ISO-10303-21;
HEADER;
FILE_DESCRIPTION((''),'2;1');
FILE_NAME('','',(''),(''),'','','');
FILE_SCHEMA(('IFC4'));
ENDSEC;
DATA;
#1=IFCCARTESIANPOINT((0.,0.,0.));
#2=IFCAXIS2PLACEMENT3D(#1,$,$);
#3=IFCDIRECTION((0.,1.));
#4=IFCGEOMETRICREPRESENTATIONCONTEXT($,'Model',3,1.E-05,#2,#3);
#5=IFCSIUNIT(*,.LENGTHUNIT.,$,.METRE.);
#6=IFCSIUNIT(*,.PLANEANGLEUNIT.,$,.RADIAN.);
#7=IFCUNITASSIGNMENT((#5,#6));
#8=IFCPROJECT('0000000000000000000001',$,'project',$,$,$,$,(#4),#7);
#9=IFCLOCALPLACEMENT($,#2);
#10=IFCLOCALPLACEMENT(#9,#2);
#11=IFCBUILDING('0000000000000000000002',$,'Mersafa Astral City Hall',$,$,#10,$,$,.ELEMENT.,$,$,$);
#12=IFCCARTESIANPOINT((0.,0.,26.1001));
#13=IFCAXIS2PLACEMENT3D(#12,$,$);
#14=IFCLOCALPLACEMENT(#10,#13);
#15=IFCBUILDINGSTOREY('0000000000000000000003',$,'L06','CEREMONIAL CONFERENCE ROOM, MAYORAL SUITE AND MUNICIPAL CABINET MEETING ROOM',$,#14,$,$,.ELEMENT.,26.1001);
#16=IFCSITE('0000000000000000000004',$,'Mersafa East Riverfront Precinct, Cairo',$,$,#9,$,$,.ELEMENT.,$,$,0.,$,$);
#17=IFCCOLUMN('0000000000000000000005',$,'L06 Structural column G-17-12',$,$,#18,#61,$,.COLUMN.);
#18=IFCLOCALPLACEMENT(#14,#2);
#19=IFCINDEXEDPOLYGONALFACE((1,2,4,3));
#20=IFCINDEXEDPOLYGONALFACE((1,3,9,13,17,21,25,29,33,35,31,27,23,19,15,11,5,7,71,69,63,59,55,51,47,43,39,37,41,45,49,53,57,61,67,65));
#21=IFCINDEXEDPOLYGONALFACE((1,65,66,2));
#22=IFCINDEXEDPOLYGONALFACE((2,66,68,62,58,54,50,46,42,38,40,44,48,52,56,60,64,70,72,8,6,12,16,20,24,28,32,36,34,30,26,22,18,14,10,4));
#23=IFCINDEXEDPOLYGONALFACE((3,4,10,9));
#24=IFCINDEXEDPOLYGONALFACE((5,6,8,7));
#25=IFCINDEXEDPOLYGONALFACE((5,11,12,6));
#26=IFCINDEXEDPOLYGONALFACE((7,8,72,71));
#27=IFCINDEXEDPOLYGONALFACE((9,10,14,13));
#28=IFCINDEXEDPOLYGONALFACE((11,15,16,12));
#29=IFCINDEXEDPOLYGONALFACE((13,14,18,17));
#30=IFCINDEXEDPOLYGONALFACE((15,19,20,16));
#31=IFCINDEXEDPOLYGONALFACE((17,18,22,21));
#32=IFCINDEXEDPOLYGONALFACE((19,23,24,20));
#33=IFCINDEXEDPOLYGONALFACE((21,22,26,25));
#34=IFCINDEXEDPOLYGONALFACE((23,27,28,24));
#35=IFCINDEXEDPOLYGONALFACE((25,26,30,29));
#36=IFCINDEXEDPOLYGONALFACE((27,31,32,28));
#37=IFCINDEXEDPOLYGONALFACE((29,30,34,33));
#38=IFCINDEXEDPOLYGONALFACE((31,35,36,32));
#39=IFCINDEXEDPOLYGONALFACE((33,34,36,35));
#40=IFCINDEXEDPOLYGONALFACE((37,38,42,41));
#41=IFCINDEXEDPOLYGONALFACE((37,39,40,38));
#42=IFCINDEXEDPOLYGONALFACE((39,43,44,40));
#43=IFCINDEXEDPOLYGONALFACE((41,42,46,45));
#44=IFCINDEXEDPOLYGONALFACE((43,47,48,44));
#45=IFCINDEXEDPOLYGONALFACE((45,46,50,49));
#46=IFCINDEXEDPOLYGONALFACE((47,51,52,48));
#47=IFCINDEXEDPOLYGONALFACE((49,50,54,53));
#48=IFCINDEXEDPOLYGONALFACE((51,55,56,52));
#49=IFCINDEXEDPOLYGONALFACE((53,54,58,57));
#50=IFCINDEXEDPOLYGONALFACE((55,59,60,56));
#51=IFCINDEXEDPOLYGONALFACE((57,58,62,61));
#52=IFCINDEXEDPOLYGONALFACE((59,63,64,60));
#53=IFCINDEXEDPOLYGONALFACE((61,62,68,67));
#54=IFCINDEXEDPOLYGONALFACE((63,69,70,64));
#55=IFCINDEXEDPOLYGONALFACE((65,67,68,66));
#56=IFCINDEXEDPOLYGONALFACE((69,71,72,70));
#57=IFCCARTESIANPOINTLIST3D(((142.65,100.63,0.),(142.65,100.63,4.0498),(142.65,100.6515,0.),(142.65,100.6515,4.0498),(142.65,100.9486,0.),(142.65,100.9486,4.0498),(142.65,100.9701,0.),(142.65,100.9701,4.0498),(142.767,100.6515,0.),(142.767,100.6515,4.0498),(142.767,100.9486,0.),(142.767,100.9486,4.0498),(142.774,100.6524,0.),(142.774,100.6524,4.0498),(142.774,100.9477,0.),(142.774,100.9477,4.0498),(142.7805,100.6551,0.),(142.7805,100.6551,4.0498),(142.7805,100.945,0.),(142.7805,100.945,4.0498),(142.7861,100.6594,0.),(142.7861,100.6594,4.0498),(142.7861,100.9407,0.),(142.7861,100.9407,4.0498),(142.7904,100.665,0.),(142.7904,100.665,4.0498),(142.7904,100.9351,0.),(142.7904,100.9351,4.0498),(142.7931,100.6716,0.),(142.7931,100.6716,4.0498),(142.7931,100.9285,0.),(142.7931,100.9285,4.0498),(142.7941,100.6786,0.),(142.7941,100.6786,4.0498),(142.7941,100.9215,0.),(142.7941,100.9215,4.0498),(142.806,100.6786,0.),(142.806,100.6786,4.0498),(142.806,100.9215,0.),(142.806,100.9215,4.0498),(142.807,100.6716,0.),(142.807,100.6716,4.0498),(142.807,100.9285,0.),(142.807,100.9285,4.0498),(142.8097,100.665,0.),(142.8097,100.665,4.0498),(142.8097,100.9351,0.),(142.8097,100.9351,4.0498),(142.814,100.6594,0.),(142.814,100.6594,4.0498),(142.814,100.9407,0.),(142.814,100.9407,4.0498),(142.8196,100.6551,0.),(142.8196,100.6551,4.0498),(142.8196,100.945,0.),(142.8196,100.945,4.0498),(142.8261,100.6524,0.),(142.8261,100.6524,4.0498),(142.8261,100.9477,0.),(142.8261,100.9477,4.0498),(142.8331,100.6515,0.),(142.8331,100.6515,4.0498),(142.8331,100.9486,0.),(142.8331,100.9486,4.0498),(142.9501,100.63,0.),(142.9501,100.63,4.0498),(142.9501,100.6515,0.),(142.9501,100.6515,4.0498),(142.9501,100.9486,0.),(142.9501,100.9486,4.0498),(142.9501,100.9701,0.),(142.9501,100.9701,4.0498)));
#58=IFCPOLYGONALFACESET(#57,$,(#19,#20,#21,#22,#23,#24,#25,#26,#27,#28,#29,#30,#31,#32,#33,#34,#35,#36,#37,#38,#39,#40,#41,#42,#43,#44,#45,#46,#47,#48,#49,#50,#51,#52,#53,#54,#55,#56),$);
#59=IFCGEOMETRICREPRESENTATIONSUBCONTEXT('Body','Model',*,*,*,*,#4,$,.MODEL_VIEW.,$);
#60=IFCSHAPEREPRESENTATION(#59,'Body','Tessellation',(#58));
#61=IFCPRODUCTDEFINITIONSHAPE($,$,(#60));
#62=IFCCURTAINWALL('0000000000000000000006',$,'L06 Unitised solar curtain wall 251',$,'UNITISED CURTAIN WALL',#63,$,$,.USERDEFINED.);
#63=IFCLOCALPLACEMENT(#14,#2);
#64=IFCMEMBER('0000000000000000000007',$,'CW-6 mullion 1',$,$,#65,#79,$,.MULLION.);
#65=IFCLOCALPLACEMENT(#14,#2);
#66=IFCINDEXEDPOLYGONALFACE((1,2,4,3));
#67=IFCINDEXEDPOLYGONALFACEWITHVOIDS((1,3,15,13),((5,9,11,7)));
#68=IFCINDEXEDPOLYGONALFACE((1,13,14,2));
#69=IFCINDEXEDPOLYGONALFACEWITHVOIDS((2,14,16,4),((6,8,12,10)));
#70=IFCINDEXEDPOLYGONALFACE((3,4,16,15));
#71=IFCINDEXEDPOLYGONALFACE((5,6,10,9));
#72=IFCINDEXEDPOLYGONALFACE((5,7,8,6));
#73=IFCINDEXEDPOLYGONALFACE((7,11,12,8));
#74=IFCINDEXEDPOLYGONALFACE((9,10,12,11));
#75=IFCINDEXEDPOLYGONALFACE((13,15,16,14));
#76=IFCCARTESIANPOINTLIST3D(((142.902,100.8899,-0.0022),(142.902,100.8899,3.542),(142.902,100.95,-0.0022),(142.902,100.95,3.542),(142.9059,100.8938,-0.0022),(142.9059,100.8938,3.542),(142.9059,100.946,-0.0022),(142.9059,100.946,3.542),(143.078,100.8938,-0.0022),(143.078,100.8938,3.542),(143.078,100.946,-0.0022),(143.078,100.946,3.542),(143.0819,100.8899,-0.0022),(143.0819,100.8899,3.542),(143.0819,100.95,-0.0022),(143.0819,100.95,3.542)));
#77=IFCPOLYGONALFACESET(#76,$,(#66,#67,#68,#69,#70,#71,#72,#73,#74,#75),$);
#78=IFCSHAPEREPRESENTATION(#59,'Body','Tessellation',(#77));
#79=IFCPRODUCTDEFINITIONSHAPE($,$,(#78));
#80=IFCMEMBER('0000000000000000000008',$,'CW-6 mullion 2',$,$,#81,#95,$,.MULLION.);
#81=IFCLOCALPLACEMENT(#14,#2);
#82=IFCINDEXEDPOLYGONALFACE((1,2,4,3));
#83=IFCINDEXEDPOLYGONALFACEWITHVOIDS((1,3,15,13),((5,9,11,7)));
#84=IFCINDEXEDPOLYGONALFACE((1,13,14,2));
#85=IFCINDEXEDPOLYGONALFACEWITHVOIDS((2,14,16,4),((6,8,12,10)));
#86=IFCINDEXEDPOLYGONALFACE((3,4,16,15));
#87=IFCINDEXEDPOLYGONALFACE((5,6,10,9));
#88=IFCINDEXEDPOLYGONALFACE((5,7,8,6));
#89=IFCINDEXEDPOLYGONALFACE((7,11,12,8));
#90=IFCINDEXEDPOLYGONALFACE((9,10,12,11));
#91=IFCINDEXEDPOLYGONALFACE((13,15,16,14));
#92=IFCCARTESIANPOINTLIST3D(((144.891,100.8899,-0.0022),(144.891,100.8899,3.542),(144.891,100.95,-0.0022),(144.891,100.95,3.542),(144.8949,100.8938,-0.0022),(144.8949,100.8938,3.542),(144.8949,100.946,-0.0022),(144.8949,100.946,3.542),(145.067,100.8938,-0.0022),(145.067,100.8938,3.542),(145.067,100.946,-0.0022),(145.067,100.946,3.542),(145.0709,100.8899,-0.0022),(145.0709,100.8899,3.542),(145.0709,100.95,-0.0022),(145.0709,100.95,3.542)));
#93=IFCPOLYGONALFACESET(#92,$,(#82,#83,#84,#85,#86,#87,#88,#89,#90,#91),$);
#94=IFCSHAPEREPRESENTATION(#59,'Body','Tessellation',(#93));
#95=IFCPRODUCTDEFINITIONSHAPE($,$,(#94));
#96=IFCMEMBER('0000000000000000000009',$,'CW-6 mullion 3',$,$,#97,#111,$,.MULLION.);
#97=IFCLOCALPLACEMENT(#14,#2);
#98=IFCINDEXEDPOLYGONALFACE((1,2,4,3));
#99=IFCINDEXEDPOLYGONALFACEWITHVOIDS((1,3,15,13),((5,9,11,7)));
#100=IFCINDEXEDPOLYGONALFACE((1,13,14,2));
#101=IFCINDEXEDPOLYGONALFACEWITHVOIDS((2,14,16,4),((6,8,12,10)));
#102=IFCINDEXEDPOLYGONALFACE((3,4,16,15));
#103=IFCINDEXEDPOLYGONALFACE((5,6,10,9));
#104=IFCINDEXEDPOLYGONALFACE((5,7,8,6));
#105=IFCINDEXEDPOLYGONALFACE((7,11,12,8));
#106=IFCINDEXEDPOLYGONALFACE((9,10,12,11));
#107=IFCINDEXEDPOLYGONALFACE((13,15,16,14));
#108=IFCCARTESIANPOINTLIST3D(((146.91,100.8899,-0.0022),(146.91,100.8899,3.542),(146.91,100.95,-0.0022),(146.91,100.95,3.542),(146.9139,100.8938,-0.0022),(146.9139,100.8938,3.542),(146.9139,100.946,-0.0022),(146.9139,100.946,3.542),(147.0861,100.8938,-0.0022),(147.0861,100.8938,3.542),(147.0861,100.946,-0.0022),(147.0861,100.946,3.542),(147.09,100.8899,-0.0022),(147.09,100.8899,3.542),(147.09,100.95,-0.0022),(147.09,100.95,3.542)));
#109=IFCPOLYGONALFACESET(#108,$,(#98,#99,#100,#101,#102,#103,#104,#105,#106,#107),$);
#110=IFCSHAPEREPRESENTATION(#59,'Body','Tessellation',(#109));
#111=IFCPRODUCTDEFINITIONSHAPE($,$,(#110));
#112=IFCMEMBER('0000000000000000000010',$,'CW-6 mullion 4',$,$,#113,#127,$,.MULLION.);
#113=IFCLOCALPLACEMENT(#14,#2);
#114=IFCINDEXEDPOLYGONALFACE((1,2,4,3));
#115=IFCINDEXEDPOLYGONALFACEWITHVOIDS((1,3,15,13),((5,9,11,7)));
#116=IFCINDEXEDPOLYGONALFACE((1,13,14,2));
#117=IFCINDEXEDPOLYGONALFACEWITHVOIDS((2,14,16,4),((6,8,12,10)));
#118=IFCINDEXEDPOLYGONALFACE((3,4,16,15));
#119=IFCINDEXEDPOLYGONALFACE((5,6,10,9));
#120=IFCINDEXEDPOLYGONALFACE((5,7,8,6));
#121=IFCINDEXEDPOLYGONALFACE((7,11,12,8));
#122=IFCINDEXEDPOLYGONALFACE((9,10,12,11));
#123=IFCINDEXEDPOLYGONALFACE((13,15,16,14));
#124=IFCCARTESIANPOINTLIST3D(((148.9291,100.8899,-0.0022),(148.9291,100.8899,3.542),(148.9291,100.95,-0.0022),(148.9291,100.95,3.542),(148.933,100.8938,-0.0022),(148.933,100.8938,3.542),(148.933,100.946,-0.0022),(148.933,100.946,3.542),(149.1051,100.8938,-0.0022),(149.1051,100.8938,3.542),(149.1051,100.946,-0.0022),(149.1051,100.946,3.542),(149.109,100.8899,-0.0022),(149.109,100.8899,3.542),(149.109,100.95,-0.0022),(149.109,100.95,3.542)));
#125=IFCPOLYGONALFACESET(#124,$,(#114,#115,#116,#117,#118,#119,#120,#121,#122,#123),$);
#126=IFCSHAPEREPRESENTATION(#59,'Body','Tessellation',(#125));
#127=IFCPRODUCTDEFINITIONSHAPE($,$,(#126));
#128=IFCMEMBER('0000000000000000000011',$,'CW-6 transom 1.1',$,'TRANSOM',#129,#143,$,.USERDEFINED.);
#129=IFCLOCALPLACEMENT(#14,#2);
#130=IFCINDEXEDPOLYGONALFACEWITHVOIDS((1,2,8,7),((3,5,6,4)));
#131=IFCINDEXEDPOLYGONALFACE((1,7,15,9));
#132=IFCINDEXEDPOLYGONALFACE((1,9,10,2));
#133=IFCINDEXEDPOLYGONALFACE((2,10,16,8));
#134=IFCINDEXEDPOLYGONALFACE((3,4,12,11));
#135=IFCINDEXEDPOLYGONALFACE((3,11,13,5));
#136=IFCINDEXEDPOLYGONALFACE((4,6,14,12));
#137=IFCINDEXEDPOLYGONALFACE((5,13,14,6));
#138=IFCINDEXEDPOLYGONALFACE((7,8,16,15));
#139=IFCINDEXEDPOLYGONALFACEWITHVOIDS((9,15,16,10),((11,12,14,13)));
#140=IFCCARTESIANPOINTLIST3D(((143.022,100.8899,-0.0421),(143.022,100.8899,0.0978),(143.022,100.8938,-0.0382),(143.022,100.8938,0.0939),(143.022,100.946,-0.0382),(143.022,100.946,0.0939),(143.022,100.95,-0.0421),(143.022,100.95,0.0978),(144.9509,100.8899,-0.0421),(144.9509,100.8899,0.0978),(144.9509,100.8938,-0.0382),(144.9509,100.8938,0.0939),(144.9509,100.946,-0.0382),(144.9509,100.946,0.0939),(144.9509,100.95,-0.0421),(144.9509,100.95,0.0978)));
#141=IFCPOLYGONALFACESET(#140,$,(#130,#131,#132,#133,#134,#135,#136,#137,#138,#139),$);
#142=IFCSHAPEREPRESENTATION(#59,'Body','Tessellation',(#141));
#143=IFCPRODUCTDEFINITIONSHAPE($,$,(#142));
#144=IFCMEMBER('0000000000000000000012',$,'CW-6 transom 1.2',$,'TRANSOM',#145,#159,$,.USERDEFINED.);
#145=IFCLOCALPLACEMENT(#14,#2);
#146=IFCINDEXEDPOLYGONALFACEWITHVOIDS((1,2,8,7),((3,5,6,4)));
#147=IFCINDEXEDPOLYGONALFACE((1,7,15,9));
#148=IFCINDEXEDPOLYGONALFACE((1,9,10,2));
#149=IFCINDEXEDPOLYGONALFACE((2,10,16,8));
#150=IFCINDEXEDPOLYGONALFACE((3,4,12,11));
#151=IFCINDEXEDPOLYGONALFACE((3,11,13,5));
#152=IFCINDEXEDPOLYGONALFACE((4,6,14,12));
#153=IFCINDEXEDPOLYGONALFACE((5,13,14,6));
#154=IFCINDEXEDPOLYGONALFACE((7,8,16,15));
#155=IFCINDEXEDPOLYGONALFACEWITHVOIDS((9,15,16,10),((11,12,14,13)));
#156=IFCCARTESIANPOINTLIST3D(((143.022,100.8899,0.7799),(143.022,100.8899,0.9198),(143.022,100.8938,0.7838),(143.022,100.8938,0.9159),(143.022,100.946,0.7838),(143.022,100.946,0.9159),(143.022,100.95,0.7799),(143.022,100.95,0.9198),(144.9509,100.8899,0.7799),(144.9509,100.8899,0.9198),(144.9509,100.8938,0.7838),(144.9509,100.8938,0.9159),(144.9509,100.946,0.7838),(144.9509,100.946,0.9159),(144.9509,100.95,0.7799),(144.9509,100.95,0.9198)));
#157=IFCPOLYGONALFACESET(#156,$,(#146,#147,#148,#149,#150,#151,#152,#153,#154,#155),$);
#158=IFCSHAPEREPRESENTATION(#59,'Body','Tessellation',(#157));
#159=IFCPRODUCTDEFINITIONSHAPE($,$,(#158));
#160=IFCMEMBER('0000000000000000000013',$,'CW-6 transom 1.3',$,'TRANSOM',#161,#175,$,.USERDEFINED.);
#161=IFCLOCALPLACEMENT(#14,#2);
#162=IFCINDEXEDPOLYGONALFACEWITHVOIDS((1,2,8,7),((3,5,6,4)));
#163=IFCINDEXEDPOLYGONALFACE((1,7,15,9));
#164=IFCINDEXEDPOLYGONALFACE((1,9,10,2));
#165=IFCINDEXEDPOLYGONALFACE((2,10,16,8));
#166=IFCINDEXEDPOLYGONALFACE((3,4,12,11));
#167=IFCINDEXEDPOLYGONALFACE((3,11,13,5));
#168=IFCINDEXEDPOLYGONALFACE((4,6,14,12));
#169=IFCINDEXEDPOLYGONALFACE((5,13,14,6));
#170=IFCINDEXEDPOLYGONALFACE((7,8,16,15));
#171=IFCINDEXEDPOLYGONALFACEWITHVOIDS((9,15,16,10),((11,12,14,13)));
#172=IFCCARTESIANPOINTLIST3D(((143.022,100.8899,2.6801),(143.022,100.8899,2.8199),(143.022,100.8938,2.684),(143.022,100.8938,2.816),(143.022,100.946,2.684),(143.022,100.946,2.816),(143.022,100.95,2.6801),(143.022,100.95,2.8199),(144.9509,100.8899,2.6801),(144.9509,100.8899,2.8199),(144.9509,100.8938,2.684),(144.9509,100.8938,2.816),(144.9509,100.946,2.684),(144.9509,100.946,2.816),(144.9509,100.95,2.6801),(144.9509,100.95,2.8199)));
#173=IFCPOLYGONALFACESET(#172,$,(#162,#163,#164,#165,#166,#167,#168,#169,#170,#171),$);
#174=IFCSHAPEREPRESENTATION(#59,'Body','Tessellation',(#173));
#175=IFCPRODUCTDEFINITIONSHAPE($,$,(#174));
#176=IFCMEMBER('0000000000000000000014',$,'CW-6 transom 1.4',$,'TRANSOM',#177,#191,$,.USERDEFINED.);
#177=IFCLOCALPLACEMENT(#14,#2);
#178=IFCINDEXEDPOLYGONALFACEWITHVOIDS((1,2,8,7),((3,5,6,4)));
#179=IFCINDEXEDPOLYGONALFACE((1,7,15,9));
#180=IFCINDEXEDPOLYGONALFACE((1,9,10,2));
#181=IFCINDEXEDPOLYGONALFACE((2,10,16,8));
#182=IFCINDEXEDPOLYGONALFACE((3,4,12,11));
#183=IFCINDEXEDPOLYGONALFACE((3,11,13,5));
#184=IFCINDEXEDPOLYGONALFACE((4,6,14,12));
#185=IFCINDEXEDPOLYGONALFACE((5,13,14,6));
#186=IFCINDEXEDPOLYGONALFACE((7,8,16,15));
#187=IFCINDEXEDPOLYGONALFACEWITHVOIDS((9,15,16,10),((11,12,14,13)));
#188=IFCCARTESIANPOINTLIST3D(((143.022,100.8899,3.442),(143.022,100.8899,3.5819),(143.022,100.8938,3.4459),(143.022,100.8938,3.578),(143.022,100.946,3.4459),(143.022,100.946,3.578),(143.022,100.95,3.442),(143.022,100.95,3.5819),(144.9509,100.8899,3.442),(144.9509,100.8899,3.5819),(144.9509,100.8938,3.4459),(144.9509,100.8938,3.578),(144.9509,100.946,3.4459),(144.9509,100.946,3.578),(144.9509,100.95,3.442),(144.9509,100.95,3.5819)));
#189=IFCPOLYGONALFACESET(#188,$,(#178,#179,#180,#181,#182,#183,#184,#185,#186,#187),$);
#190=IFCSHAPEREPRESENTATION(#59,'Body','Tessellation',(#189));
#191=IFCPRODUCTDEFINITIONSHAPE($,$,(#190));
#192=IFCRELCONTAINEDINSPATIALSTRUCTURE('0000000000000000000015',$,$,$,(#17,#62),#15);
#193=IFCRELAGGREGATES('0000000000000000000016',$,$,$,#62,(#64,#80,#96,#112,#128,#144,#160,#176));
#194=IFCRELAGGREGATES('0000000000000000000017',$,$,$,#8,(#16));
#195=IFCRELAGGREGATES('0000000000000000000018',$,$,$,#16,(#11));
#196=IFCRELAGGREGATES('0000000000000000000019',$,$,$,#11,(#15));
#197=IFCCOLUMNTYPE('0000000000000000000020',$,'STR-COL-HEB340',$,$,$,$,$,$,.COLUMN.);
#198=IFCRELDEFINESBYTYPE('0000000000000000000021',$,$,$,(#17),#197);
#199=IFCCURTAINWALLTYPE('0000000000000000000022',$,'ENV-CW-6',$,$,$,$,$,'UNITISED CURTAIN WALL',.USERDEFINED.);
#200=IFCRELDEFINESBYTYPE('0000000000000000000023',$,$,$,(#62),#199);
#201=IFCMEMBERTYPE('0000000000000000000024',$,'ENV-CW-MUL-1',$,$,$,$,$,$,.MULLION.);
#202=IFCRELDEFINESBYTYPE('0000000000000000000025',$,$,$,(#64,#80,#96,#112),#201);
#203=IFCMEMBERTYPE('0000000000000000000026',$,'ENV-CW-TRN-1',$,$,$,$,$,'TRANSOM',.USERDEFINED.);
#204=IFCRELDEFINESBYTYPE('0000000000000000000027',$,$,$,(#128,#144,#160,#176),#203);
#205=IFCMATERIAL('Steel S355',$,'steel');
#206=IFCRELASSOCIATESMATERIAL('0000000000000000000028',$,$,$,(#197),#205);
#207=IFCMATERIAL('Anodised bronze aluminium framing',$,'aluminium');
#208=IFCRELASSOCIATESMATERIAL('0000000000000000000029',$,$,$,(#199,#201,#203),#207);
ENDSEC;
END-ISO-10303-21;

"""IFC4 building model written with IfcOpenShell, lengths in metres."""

from ifc_helpers import new_model, si_unit, direction, frame, origin, origin_2d, place, context, subcontext, project, spatial, hollow_rectangle, i_section, extrude, material, material_profile, profile_set, type_object, element, aggregate, save


model = new_model("IFC4")

# Units and contexts
model_context = context("Model", 3, precision=1e-05, world=origin(), true_north=direction((0.0, 1.0)))
body_context = subcontext(model_context, "Body", "Model", "MODEL_VIEW")
ifc_project = project(units=[si_unit("LENGTHUNIT", "METRE"), si_unit("PLANEANGLEUNIT", "RADIAN")], contexts=[model_context])

# Site, building, storey
site_placement = place(None, origin())
site = spatial("IfcSite", under=ifc_project, at=site_placement, Name="Mersafa East Riverfront Precinct, Cairo", CompositionType="ELEMENT", RefElevation=0.0)
building_placement = place(site_placement, origin())
building = spatial("IfcBuilding", under=site, at=building_placement, Name="Mersafa Astral City Hall", CompositionType="ELEMENT")
storey_placement = place(building_placement, frame((0.0, 0.0, 26.1001)))
storey = spatial("IfcBuildingStorey", under=building, at=storey_placement, Name="L06", Description="CEREMONIAL CONFERENCE ROOM, MAYORAL SUITE AND MUNICIPAL CABINET MEETING ROOM", CompositionType="ELEMENT", Elevation=26.1001)

# Column
ifc_material_1 = material(Name="Steel S355", Category="steel")
ifc_material_profile_1 = material_profile(ifc_material_1, i_section(OverallWidth=0.3, OverallDepth=0.3401, WebThickness=0.012, FlangeThickness=0.0215, FilletRadius=0.0271, at=origin_2d()), Name="HEB 340")
ifc_profile_set_1 = profile_set([ifc_material_profile_1], Name="Steel S355")
column_type = type_object("IfcColumnType", Name="STR-COL-HEB340", PredefinedType="COLUMN", material=ifc_profile_set_1)
column_placement = place(storey_placement, frame((142.8, 100.8, 0.0), z_axis=(0.0, 0.0, 1.0), x_axis=(1.0, 0.0, 0.0)))
element("IfcColumn", 1, at=column_placement, inside=storey, type_object=column_type, Name="L06 Structural column G-17-12", PredefinedType="COLUMN", context=body_context, shape_type="SweptSolid", body=[
    extrude(i_section(OverallWidth=0.3, OverallDepth=0.3401, WebThickness=0.012, FlangeThickness=0.0215, FilletRadius=0.0271, at=origin_2d()), origin(), (0.0, 0.0, 1.0), 4.0498),
])

# Curtain wall, members
ifc_material_2 = material(Name="Anodised bronze aluminium framing", Category="aluminium")
curtain_wall_type = type_object("IfcCurtainWallType", Name="ENV-CW-6", ElementType="UNITISED CURTAIN WALL", PredefinedType="USERDEFINED", material=ifc_material_2)
curtain_wall_placement = place(storey_placement, origin())
curtain_wall = element("IfcCurtainWall", 2, at=curtain_wall_placement, inside=storey, type_object=curtain_wall_type, Name="L06 Unitised solar curtain wall 251", ObjectType="UNITISED CURTAIN WALL", PredefinedType="USERDEFINED")
ifc_material_profile_2 = material_profile(ifc_material_2, hollow_rectangle(XDim=0.0601, YDim=0.1799, WallThickness=0.0039, at=origin_2d()), Name="RHS 60x180x4")
ifc_profile_set_2 = profile_set([ifc_material_profile_2], Name="Anodised bronze aluminium framing")
member_type_1 = type_object("IfcMemberType", Name="ENV-CW-MUL-1", PredefinedType="MULLION", material=ifc_profile_set_2)
member_1_placement = place(storey_placement, frame((142.9919, 100.9199, -0.0022), z_axis=(0.0, 0.0, 1.0), x_axis=(0.0, 1.0, 0.0)))
member_1 = element("IfcMember", 3, at=member_1_placement, type_object=member_type_1, Name="CW-6 mullion 1", PredefinedType="MULLION", context=body_context, shape_type="SweptSolid", body=[
    extrude(hollow_rectangle(XDim=0.0601, YDim=0.1799, WallThickness=0.0039, at=origin_2d()), origin(), (0.0, 0.0, 1.0), 3.5442),
])
member_2_placement = place(storey_placement, frame((144.981, 100.9199, -0.0022), z_axis=(0.0, 0.0, 1.0), x_axis=(0.0, 1.0, 0.0)))
member_2 = element("IfcMember", 4, at=member_2_placement, type_object=member_type_1, Name="CW-6 mullion 2", PredefinedType="MULLION", context=body_context, shape_type="SweptSolid", body=[
    extrude(hollow_rectangle(XDim=0.0601, YDim=0.1799, WallThickness=0.0039, at=origin_2d()), origin(), (0.0, 0.0, 1.0), 3.5442),
])
member_3_placement = place(storey_placement, frame((147.0, 100.9199, -0.0022), z_axis=(0.0, 0.0, 1.0), x_axis=(0.0, 1.0, 0.0)))
member_3 = element("IfcMember", 5, at=member_3_placement, type_object=member_type_1, Name="CW-6 mullion 3", PredefinedType="MULLION", context=body_context, shape_type="SweptSolid", body=[
    extrude(hollow_rectangle(XDim=0.0601, YDim=0.1799, WallThickness=0.0039, at=origin_2d()), origin(), (0.0, 0.0, 1.0), 3.5442),
])
member_4_placement = place(storey_placement, frame((149.019, 100.9199, -0.0022), z_axis=(0.0, 0.0, 1.0), x_axis=(0.0, 1.0, 0.0)))
member_4 = element("IfcMember", 6, at=member_4_placement, type_object=member_type_1, Name="CW-6 mullion 4", PredefinedType="MULLION", context=body_context, shape_type="SweptSolid", body=[
    extrude(hollow_rectangle(XDim=0.0601, YDim=0.1799, WallThickness=0.0039, at=origin_2d()), origin(), (0.0, 0.0, 1.0), 3.5442),
])
ifc_material_profile_3 = material_profile(ifc_material_2, hollow_rectangle(XDim=0.0601, YDim=0.1399, WallThickness=0.0039, at=origin_2d()), Name="RHS 60x140x4")
ifc_profile_set_3 = profile_set([ifc_material_profile_3], Name="Anodised bronze aluminium framing")
member_type_2 = type_object("IfcMemberType", Name="ENV-CW-TRN-1", ElementType="TRANSOM", PredefinedType="USERDEFINED", material=ifc_profile_set_3)
member_5_placement = place(storey_placement, frame((143.022, 100.9199, 0.0278), z_axis=(1.0, 0.0, 0.0), x_axis=(0.0, 1.0, 0.0)))
member_5 = element("IfcMember", 7, at=member_5_placement, type_object=member_type_2, Name="CW-6 transom 1.1", ObjectType="TRANSOM", PredefinedType="USERDEFINED", context=body_context, shape_type="SweptSolid", body=[
    extrude(hollow_rectangle(XDim=0.0601, YDim=0.1399, WallThickness=0.0039, at=origin_2d()), origin(), (0.0, 0.0, 1.0), 1.929),
])
member_6_placement = place(storey_placement, frame((143.022, 100.9199, 0.8499), z_axis=(1.0, 0.0, 0.0), x_axis=(0.0, 1.0, 0.0)))
member_6 = element("IfcMember", 8, at=member_6_placement, type_object=member_type_2, Name="CW-6 transom 1.2", ObjectType="TRANSOM", PredefinedType="USERDEFINED", context=body_context, shape_type="SweptSolid", body=[
    extrude(hollow_rectangle(XDim=0.0601, YDim=0.1399, WallThickness=0.0039, at=origin_2d()), origin(), (0.0, 0.0, 1.0), 1.929),
])
member_7_placement = place(storey_placement, frame((143.022, 100.9199, 2.75), z_axis=(1.0, 0.0, 0.0), x_axis=(0.0, 1.0, 0.0)))
member_7 = element("IfcMember", 9, at=member_7_placement, type_object=member_type_2, Name="CW-6 transom 1.3", ObjectType="TRANSOM", PredefinedType="USERDEFINED", context=body_context, shape_type="SweptSolid", body=[
    extrude(hollow_rectangle(XDim=0.0601, YDim=0.1399, WallThickness=0.0039, at=origin_2d()), origin(), (0.0, 0.0, 1.0), 1.929),
])
member_8_placement = place(storey_placement, frame((143.022, 100.9199, 3.512), z_axis=(1.0, 0.0, 0.0), x_axis=(0.0, 1.0, 0.0)))
member_8 = element("IfcMember", 10, at=member_8_placement, type_object=member_type_2, Name="CW-6 transom 1.4", ObjectType="TRANSOM", PredefinedType="USERDEFINED", context=body_context, shape_type="SweptSolid", body=[
    extrude(hollow_rectangle(XDim=0.0601, YDim=0.1399, WallThickness=0.0039, at=origin_2d()), origin(), (0.0, 0.0, 1.0), 1.929),
])

aggregate(curtain_wall, [member_1, member_2, member_3, member_4, member_5, member_6, member_7, member_8])

save(model, "model.ifc")
